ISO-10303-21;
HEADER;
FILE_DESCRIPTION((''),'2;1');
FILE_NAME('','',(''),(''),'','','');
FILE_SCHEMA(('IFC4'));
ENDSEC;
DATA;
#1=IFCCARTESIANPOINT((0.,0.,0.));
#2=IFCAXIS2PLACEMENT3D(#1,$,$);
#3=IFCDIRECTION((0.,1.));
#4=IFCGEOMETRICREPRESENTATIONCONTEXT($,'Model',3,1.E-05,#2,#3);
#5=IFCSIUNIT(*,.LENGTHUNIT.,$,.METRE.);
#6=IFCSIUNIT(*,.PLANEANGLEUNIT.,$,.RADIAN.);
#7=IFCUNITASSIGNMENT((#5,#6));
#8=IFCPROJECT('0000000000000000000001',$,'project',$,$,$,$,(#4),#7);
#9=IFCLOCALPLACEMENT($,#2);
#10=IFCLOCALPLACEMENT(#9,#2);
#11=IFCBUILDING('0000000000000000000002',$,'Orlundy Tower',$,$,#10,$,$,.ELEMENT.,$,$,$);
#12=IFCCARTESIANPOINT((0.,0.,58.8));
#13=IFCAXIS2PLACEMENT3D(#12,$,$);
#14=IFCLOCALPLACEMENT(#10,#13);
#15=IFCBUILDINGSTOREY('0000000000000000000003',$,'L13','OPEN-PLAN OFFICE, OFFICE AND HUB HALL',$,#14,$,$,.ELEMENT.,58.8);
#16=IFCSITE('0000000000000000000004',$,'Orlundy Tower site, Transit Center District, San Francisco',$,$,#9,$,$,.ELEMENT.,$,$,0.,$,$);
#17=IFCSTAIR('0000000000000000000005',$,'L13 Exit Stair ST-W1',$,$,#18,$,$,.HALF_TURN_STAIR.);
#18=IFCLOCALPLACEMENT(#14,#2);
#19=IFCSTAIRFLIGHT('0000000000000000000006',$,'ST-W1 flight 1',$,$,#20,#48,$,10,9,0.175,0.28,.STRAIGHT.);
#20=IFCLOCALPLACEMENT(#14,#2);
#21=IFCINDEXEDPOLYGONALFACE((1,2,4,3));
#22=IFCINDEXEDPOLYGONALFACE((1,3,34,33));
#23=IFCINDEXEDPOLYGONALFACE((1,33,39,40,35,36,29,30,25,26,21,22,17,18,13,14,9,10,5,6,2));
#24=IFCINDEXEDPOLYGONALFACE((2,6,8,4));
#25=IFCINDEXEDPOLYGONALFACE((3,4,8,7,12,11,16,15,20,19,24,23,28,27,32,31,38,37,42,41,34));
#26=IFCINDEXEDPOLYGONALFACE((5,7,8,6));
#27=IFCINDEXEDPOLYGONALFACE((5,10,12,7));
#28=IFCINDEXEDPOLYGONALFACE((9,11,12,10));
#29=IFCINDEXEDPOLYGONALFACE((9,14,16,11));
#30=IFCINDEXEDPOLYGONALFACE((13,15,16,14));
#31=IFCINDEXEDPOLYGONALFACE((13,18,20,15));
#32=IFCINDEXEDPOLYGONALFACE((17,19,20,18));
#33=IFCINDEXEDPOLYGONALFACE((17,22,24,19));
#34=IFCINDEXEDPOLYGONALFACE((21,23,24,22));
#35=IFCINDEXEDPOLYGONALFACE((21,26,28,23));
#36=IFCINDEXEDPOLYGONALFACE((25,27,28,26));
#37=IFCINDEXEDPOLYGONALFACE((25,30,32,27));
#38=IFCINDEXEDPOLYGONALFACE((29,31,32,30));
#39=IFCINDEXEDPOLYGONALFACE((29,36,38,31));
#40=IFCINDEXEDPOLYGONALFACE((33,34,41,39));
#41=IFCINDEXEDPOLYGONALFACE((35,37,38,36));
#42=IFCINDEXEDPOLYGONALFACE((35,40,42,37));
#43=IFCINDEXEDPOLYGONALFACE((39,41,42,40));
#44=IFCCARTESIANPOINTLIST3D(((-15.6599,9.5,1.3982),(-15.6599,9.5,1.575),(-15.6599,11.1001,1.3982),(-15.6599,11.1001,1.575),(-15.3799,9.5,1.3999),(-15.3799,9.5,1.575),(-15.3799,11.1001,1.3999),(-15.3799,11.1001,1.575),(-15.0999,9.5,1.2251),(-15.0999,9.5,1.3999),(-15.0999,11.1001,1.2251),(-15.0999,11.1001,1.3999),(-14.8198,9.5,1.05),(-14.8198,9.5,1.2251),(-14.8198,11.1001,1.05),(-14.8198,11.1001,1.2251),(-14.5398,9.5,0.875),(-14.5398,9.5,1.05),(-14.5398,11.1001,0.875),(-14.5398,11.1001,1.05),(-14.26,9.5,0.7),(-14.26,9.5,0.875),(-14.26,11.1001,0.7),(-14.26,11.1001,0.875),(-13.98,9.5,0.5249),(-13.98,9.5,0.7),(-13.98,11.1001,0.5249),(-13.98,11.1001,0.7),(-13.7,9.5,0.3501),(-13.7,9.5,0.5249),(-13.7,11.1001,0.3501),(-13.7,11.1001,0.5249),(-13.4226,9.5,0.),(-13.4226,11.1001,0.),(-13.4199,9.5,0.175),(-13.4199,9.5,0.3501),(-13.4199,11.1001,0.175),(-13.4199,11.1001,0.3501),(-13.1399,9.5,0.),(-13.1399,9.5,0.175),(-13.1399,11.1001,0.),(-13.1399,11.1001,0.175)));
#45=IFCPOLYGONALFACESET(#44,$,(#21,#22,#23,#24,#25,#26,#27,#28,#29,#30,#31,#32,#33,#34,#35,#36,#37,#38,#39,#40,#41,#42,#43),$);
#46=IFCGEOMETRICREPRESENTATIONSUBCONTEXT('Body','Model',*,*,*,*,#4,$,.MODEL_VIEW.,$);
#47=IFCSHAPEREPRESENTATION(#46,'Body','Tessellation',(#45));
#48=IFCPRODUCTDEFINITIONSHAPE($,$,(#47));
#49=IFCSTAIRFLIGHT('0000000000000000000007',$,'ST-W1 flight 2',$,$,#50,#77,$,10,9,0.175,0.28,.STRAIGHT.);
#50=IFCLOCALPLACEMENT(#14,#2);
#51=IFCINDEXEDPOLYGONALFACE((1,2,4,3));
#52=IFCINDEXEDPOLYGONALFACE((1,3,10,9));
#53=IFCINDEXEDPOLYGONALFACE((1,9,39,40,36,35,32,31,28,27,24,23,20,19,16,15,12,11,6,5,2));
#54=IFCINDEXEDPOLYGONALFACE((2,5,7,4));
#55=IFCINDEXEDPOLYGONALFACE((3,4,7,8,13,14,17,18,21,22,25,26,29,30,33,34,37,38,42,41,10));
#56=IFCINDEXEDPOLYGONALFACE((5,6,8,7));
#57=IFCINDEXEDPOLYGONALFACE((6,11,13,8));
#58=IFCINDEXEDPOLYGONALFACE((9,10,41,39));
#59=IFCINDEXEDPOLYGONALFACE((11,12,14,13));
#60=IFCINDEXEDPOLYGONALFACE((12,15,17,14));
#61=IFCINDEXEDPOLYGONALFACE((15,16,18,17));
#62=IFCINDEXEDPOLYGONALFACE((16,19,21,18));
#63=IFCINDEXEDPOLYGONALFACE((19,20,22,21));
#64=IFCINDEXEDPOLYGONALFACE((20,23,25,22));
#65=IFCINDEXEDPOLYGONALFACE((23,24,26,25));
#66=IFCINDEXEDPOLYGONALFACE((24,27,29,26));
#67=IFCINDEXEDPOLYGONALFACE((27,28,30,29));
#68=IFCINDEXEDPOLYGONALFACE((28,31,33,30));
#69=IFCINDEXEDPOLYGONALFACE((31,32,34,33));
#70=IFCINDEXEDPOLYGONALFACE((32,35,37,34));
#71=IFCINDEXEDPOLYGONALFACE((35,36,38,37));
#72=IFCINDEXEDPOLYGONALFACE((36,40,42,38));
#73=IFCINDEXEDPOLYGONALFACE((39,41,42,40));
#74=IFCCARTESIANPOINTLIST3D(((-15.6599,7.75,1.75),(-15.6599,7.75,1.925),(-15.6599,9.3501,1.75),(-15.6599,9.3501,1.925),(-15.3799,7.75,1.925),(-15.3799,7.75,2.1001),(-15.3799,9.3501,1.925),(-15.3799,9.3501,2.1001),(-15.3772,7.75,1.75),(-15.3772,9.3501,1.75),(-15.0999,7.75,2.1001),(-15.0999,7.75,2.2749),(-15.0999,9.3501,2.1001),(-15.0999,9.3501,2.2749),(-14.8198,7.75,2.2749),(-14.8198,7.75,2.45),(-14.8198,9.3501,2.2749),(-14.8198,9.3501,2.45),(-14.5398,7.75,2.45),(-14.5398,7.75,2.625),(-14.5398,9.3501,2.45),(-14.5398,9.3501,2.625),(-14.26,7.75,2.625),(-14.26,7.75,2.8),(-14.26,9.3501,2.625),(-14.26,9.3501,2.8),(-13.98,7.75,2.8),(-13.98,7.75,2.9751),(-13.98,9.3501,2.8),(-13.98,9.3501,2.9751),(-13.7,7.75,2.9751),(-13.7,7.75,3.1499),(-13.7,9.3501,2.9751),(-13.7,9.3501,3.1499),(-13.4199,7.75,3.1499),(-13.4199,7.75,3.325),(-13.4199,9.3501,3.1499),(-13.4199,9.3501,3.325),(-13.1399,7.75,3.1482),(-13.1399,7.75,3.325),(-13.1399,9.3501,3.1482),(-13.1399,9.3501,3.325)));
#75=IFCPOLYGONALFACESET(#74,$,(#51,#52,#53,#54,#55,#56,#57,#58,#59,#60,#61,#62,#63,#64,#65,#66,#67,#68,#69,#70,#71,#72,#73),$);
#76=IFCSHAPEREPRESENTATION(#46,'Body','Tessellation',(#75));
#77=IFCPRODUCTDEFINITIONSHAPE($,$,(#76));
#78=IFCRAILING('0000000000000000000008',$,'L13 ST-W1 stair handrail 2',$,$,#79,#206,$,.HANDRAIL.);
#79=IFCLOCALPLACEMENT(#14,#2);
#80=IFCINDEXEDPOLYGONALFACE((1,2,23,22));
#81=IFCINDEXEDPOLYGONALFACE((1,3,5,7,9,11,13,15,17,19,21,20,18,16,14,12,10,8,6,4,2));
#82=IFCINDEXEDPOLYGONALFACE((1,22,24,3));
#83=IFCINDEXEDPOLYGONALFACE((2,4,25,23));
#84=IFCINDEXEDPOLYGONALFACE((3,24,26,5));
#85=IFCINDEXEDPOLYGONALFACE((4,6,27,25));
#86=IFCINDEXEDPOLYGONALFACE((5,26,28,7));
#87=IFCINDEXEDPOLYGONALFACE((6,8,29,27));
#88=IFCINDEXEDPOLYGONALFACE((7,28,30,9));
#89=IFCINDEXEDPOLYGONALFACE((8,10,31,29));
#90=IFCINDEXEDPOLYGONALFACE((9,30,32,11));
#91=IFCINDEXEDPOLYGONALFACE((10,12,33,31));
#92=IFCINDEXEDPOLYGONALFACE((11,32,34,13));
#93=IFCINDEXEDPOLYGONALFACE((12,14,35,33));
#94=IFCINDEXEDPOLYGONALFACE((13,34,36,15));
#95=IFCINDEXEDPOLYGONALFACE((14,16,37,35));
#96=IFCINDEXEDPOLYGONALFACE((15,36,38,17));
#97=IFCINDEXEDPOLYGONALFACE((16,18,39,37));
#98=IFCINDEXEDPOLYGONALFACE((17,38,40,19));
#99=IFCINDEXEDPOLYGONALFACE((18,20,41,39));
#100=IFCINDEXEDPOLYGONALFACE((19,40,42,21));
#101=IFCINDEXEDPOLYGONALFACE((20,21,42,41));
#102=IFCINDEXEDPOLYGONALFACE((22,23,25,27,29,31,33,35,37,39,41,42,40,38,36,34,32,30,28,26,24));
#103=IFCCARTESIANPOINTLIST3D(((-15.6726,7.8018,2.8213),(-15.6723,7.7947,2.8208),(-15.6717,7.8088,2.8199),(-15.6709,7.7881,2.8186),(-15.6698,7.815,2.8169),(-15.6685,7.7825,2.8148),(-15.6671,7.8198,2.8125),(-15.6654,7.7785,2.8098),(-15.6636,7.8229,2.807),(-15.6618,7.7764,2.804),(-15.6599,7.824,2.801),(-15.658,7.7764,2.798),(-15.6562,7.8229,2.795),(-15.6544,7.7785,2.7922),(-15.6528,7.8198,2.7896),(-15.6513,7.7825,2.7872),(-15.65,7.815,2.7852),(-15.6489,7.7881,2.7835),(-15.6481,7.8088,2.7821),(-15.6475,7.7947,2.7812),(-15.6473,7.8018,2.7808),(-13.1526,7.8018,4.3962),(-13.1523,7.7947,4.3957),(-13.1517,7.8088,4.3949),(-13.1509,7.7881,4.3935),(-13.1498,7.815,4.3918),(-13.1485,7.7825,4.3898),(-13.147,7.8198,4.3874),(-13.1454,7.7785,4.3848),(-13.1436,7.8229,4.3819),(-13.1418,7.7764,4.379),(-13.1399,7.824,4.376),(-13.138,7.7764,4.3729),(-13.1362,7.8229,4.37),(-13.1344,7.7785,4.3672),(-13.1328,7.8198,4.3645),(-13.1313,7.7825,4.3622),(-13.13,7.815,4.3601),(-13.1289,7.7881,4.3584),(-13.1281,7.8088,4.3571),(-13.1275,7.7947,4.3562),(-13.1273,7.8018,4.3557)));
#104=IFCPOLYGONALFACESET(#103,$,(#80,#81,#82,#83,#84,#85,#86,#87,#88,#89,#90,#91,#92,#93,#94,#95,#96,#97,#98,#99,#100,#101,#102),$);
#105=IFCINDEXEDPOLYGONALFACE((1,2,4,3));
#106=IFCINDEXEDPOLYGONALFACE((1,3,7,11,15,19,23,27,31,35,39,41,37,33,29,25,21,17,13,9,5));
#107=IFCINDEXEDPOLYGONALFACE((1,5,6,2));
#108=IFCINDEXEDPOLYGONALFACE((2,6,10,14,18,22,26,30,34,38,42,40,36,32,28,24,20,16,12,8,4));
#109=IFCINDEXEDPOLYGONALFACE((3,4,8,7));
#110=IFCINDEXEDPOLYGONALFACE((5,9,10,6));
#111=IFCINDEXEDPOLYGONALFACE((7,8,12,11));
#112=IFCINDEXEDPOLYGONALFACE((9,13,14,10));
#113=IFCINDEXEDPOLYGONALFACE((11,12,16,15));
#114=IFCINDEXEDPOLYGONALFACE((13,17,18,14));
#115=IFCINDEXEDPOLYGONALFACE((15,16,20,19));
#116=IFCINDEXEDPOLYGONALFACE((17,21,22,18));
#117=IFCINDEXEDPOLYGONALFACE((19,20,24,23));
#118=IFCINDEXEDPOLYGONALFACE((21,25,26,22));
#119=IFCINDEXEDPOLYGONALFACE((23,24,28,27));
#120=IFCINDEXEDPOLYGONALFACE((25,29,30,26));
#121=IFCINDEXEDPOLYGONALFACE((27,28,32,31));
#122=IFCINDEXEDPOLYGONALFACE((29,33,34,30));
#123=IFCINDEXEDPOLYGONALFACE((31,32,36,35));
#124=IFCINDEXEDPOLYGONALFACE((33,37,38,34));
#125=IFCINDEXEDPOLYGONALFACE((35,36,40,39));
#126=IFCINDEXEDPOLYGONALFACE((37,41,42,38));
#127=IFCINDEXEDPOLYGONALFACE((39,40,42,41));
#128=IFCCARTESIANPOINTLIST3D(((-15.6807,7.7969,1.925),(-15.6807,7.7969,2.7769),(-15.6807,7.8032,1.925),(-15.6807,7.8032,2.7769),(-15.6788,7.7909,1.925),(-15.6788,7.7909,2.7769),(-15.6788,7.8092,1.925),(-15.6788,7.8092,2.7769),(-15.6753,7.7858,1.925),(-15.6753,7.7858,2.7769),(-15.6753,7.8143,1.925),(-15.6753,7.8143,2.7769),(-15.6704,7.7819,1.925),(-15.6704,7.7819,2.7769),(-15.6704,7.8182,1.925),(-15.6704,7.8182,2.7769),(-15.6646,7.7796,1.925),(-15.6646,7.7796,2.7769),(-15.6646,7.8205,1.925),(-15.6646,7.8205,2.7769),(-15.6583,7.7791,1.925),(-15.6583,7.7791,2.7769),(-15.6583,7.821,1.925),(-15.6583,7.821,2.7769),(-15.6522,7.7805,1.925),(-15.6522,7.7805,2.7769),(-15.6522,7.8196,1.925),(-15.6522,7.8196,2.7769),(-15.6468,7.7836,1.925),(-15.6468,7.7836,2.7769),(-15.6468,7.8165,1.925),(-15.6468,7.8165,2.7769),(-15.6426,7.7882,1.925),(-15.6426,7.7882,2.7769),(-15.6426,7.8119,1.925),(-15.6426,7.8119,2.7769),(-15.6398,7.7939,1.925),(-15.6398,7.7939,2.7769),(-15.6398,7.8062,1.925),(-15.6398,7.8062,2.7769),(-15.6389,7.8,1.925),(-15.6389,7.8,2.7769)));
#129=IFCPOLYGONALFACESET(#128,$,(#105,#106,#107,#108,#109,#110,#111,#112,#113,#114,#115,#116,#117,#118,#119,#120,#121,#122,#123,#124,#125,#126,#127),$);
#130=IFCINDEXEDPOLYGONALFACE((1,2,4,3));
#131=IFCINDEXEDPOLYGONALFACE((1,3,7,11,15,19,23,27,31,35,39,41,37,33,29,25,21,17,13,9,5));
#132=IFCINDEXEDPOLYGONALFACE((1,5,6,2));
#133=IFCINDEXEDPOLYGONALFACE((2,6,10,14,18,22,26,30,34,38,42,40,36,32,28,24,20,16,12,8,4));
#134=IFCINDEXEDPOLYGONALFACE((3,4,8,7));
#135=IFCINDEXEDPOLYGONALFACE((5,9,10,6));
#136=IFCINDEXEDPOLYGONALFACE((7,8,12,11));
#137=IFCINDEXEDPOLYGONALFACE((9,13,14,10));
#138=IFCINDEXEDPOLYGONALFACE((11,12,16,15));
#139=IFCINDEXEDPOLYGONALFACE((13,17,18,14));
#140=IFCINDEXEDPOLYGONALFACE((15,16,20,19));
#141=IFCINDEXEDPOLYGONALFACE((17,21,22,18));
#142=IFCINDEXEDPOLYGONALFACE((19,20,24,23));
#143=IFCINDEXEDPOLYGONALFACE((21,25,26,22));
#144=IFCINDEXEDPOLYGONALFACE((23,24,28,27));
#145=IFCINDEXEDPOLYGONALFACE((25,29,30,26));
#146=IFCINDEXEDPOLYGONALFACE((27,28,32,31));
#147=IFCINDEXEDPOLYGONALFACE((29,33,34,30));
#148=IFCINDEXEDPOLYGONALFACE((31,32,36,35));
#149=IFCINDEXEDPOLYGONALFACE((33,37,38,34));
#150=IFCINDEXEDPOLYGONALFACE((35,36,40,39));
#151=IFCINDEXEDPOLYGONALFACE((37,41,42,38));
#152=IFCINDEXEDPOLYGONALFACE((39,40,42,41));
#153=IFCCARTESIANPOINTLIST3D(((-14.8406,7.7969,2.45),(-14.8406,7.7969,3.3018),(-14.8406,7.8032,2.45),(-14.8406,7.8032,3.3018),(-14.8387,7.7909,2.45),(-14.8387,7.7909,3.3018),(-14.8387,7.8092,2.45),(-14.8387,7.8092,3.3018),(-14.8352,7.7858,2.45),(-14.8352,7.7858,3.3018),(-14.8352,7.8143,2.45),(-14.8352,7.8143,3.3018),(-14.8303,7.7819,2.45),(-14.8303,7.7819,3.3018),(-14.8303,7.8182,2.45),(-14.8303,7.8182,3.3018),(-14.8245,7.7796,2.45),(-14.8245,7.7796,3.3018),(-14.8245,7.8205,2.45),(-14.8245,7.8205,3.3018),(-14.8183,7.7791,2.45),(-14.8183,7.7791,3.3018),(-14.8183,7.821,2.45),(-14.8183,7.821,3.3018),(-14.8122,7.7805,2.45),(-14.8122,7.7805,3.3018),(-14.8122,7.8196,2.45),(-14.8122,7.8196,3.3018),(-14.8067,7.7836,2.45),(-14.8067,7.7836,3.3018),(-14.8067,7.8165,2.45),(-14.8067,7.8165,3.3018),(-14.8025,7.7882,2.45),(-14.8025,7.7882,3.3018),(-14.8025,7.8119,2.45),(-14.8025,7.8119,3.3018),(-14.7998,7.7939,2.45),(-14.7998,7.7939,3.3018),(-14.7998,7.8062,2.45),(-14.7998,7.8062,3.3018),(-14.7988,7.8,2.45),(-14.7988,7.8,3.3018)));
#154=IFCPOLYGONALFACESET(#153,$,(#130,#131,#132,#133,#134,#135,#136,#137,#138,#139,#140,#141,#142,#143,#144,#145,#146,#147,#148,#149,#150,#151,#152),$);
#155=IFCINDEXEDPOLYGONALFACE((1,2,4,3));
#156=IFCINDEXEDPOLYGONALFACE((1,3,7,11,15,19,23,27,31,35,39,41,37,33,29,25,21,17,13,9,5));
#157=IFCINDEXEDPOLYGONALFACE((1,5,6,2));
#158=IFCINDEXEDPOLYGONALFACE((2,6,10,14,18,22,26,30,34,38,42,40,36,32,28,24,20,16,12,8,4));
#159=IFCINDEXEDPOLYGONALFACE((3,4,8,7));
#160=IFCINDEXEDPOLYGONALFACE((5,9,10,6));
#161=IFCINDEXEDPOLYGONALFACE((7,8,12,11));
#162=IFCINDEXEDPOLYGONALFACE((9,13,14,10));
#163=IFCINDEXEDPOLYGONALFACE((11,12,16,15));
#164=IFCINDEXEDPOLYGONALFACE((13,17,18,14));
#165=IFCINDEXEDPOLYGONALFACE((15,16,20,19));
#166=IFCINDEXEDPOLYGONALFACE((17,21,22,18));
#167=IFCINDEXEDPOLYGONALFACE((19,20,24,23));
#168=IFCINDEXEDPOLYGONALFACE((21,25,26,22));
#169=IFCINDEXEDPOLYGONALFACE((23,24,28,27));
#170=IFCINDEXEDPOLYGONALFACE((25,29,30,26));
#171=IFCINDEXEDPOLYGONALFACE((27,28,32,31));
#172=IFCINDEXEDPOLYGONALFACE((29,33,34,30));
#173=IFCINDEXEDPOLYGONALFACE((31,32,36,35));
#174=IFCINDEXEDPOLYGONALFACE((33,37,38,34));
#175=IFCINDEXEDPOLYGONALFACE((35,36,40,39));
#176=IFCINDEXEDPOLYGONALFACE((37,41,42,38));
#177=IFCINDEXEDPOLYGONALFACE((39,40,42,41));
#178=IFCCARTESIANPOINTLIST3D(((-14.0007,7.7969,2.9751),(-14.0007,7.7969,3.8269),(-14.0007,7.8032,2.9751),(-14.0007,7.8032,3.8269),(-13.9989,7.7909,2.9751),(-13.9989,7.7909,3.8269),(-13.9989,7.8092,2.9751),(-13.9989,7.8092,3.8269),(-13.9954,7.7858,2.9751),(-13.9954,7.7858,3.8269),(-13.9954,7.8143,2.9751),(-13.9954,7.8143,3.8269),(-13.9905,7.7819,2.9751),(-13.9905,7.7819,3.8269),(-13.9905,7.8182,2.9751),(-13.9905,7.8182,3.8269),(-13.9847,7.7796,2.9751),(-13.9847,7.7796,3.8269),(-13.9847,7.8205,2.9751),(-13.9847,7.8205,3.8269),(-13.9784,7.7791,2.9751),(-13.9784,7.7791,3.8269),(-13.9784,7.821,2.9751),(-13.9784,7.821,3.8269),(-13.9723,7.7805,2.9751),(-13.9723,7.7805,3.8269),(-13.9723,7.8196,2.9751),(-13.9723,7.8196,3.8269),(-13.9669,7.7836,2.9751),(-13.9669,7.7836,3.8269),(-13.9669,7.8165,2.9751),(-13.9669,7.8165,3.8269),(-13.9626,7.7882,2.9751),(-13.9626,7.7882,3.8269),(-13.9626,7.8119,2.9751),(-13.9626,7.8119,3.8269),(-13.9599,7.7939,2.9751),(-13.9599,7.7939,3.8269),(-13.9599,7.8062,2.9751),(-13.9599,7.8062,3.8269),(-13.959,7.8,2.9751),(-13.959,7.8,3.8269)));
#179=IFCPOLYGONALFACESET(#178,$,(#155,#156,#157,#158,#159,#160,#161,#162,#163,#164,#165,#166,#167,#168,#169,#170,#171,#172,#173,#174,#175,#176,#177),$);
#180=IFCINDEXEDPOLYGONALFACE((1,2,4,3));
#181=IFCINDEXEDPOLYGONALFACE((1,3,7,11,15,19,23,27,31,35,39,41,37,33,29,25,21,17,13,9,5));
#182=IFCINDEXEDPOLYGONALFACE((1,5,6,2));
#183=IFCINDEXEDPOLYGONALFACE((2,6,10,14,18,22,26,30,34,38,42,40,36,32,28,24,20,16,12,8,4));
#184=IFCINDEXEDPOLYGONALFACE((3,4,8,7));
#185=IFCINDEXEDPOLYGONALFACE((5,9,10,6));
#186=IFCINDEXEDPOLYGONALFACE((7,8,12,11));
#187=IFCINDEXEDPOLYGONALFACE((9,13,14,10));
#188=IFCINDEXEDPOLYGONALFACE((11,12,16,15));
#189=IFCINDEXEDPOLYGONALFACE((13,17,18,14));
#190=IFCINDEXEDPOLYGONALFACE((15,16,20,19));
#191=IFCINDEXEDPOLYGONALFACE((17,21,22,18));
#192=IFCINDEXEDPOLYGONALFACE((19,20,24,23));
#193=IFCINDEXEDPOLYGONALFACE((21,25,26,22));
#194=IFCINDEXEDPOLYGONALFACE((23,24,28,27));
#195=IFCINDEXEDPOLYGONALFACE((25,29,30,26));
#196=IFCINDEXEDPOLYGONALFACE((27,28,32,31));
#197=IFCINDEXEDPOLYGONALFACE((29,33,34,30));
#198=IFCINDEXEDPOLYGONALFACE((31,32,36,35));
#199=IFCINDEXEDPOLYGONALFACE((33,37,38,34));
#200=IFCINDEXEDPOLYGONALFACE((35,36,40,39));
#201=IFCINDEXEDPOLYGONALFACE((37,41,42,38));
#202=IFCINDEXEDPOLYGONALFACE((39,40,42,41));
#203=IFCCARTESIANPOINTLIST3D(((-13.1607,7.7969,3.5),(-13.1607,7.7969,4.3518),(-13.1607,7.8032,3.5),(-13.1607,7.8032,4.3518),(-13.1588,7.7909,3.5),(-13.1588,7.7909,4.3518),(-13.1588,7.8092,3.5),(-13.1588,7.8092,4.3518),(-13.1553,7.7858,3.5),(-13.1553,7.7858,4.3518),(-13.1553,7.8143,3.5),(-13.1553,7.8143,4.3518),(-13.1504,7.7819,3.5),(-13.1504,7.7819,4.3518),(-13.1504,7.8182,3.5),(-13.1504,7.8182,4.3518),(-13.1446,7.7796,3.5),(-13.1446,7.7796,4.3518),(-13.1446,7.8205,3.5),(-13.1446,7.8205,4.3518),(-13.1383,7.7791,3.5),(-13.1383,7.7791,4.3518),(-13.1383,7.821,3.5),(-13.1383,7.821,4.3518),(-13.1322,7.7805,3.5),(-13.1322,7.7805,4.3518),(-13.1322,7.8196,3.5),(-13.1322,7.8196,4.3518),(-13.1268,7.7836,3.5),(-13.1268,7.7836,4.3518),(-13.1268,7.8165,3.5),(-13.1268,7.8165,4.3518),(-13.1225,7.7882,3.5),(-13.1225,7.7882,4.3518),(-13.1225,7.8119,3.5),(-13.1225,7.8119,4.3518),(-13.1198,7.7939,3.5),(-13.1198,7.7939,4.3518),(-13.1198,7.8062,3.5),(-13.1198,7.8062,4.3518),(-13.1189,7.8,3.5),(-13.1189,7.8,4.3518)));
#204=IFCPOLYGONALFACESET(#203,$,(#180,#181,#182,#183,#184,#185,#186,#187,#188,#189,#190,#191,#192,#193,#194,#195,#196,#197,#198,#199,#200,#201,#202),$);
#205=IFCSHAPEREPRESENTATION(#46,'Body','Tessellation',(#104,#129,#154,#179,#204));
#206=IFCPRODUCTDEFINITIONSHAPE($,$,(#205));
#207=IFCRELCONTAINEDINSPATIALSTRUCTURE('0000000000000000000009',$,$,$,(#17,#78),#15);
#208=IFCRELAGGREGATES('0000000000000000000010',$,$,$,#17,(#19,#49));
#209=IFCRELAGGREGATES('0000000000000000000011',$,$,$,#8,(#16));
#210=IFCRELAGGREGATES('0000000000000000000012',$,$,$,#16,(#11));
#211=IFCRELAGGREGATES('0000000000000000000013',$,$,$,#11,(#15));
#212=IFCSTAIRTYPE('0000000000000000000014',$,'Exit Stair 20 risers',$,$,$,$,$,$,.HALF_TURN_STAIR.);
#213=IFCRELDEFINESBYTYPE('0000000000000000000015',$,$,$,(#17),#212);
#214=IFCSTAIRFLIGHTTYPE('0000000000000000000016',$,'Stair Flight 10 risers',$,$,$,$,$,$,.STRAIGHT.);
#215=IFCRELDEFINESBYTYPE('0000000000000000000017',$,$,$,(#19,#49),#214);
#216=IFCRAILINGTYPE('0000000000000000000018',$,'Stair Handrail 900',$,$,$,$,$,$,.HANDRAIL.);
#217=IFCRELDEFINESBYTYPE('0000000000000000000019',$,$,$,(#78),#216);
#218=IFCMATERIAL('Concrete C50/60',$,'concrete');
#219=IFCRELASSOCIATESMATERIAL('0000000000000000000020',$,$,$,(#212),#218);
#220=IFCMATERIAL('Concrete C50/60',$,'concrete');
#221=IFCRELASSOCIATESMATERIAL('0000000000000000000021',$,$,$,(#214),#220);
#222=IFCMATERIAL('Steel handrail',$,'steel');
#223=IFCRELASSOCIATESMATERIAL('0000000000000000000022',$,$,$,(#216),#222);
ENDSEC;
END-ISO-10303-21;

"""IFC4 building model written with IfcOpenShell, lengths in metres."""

from ifc_helpers import new_model, si_unit, direction, frame, origin, origin_2d, place, context, subcontext, project, spatial, polyline, circle, outline, extrude, material, type_object, element, aggregate, save


model = new_model("IFC4")

# Units and contexts
model_context = context("Model", 3, precision=1e-05, world=origin(), true_north=direction((0.0, 1.0)))
body_context = subcontext(model_context, "Body", "Model", "MODEL_VIEW")
ifc_project = project(units=[si_unit("LENGTHUNIT", "METRE"), si_unit("PLANEANGLEUNIT", "RADIAN")], contexts=[model_context])

# Site, building, storey
site_placement = place(None, origin())
site = spatial("IfcSite", under=ifc_project, at=site_placement, Name="Orlundy Tower site, Transit Center District, San Francisco", CompositionType="ELEMENT", RefElevation=0.0)
building_placement = place(site_placement, origin())
building = spatial("IfcBuilding", under=site, at=building_placement, Name="Orlundy Tower", CompositionType="ELEMENT")
storey_placement = place(building_placement, frame((0.0, 0.0, 58.8)))
storey = spatial("IfcBuildingStorey", under=building, at=storey_placement, Name="L13", Description="OPEN-PLAN OFFICE, OFFICE AND HUB HALL", CompositionType="ELEMENT", Elevation=58.8)

# Stair
ifc_material_1 = material(Name="Concrete C50/60", Category="concrete")
stair_type = type_object("IfcStairType", Name="Exit Stair 20 risers", PredefinedType="HALF_TURN_STAIR", material=ifc_material_1)
stair_placement = place(storey_placement, origin())
stair = element("IfcStair", 1, at=stair_placement, inside=storey, type_object=stair_type, Name="L13 Exit Stair ST-W1", PredefinedType="HALF_TURN_STAIR")

# Stair flights
ifc_material_2 = material(Name="Concrete C50/60", Category="concrete")
stair_flight_type = type_object("IfcStairFlightType", Name="Stair Flight 10 risers", PredefinedType="STRAIGHT", material=ifc_material_2)
stair_flight_1_placement = place(storey_placement, frame((-13.1399, 10.3, 0.0), z_axis=(0.0, 0.0, 1.0), x_axis=(-1.0, 0.0, 0.0)))
stair_flight_1 = element("IfcStairFlight", 2, at=stair_flight_1_placement, type_object=stair_flight_type, Name="ST-W1 flight 1", NumberOfRisers=10, NumberOfTreads=9, PredefinedType="STRAIGHT", RiserHeight=0.175, TreadLength=0.28, context=body_context, shape_type="SweptSolid", body=[
    extrude(outline(polyline([(0.0, 0.0), (0.0, 0.175), (0.28, 0.175), (0.28, 0.3501), (0.5601, 0.3501), (0.5601, 0.5249), (0.8401, 0.5249), (0.8401, 0.7), (1.1201, 0.7), (1.1201, 0.875), (1.3999, 0.875), (1.3999, 1.05), (1.6799, 1.05), (1.6799, 1.2251), (1.96, 1.2251), (1.96, 1.3999), (2.24, 1.3999), (2.24, 1.575), (2.52, 1.575), (2.52, 1.75), (2.52, 1.3982), (0.2827, 0.0), (0.0, 0.0)])), frame((0.0, 0.8, 0.0), z_axis=(0.0, -1.0, 0.0), x_axis=(1.0, 0.0, 0.0)), (0.0, 0.0, 1.0), 1.6001),
])
stair_flight_2_placement = place(storey_placement, frame((-15.6599, 8.55, 1.75), z_axis=(0.0, 0.0, 1.0), x_axis=(1.0, 0.0, 0.0)))
stair_flight_2 = element("IfcStairFlight", 3, at=stair_flight_2_placement, type_object=stair_flight_type, Name="ST-W1 flight 2", NumberOfRisers=10, NumberOfTreads=9, PredefinedType="STRAIGHT", RiserHeight=0.175, TreadLength=0.28, context=body_context, shape_type="SweptSolid", body=[
    extrude(outline(polyline([(0.0, 0.0), (0.0, 0.175), (0.28, 0.175), (0.28, 0.3501), (0.5601, 0.3501), (0.5601, 0.5249), (0.8401, 0.5249), (0.8401, 0.7), (1.1201, 0.7), (1.1201, 0.875), (1.3999, 0.875), (1.3999, 1.05), (1.6799, 1.05), (1.6799, 1.2251), (1.96, 1.2251), (1.96, 1.3999), (2.24, 1.3999), (2.24, 1.575), (2.52, 1.575), (2.52, 1.75), (2.52, 1.3982), (0.2827, 0.0), (0.0, 0.0)])), frame((0.0, 0.8, 0.0), z_axis=(0.0, -1.0, 0.0), x_axis=(1.0, 0.0, 0.0)), (0.0, 0.0, 1.0), 1.6001),
])
aggregate(stair, [stair_flight_1, stair_flight_2])

# Railing
ifc_material_3 = material(Name="Steel handrail", Category="steel")
railing_type_1 = type_object("IfcRailingType", Name="Stair Handrail 900", PredefinedType="HANDRAIL", material=ifc_material_3)
railing_1_placement = place(storey_placement, frame((-15.6599, 7.8, 1.925)))
element("IfcRailing", 4, at=railing_1_placement, inside=storey, type_object=railing_type_1, Name="L13 ST-W1 stair handrail 2", PredefinedType="HANDRAIL", context=body_context, shape_type="SweptSolid", body=[
    extrude(circle(Radius=0.0239, at=origin_2d()), frame((0.0, 0.0, 0.876), z_axis=(0.848008, 0.0, 0.529984), x_axis=(0.0, 1.0, 0.0)), (0.0, 0.0, 1.0), 2.9717),
    extrude(circle(Radius=0.021, at=origin_2d()), origin(), (0.0, 0.0, 1.0), 0.8518),
    extrude(circle(Radius=0.021, at=origin_2d()), frame((0.8401, 0.0, 0.5249)), (0.0, 0.0, 1.0), 0.8518),
    extrude(circle(Radius=0.021, at=origin_2d()), frame((1.6799, 0.0, 1.05)), (0.0, 0.0, 1.0), 0.8518),
    extrude(circle(Radius=0.021, at=origin_2d()), frame((2.52, 0.0, 1.575)), (0.0, 0.0, 1.0), 0.8518),
])

save(model, "model.ifc")
